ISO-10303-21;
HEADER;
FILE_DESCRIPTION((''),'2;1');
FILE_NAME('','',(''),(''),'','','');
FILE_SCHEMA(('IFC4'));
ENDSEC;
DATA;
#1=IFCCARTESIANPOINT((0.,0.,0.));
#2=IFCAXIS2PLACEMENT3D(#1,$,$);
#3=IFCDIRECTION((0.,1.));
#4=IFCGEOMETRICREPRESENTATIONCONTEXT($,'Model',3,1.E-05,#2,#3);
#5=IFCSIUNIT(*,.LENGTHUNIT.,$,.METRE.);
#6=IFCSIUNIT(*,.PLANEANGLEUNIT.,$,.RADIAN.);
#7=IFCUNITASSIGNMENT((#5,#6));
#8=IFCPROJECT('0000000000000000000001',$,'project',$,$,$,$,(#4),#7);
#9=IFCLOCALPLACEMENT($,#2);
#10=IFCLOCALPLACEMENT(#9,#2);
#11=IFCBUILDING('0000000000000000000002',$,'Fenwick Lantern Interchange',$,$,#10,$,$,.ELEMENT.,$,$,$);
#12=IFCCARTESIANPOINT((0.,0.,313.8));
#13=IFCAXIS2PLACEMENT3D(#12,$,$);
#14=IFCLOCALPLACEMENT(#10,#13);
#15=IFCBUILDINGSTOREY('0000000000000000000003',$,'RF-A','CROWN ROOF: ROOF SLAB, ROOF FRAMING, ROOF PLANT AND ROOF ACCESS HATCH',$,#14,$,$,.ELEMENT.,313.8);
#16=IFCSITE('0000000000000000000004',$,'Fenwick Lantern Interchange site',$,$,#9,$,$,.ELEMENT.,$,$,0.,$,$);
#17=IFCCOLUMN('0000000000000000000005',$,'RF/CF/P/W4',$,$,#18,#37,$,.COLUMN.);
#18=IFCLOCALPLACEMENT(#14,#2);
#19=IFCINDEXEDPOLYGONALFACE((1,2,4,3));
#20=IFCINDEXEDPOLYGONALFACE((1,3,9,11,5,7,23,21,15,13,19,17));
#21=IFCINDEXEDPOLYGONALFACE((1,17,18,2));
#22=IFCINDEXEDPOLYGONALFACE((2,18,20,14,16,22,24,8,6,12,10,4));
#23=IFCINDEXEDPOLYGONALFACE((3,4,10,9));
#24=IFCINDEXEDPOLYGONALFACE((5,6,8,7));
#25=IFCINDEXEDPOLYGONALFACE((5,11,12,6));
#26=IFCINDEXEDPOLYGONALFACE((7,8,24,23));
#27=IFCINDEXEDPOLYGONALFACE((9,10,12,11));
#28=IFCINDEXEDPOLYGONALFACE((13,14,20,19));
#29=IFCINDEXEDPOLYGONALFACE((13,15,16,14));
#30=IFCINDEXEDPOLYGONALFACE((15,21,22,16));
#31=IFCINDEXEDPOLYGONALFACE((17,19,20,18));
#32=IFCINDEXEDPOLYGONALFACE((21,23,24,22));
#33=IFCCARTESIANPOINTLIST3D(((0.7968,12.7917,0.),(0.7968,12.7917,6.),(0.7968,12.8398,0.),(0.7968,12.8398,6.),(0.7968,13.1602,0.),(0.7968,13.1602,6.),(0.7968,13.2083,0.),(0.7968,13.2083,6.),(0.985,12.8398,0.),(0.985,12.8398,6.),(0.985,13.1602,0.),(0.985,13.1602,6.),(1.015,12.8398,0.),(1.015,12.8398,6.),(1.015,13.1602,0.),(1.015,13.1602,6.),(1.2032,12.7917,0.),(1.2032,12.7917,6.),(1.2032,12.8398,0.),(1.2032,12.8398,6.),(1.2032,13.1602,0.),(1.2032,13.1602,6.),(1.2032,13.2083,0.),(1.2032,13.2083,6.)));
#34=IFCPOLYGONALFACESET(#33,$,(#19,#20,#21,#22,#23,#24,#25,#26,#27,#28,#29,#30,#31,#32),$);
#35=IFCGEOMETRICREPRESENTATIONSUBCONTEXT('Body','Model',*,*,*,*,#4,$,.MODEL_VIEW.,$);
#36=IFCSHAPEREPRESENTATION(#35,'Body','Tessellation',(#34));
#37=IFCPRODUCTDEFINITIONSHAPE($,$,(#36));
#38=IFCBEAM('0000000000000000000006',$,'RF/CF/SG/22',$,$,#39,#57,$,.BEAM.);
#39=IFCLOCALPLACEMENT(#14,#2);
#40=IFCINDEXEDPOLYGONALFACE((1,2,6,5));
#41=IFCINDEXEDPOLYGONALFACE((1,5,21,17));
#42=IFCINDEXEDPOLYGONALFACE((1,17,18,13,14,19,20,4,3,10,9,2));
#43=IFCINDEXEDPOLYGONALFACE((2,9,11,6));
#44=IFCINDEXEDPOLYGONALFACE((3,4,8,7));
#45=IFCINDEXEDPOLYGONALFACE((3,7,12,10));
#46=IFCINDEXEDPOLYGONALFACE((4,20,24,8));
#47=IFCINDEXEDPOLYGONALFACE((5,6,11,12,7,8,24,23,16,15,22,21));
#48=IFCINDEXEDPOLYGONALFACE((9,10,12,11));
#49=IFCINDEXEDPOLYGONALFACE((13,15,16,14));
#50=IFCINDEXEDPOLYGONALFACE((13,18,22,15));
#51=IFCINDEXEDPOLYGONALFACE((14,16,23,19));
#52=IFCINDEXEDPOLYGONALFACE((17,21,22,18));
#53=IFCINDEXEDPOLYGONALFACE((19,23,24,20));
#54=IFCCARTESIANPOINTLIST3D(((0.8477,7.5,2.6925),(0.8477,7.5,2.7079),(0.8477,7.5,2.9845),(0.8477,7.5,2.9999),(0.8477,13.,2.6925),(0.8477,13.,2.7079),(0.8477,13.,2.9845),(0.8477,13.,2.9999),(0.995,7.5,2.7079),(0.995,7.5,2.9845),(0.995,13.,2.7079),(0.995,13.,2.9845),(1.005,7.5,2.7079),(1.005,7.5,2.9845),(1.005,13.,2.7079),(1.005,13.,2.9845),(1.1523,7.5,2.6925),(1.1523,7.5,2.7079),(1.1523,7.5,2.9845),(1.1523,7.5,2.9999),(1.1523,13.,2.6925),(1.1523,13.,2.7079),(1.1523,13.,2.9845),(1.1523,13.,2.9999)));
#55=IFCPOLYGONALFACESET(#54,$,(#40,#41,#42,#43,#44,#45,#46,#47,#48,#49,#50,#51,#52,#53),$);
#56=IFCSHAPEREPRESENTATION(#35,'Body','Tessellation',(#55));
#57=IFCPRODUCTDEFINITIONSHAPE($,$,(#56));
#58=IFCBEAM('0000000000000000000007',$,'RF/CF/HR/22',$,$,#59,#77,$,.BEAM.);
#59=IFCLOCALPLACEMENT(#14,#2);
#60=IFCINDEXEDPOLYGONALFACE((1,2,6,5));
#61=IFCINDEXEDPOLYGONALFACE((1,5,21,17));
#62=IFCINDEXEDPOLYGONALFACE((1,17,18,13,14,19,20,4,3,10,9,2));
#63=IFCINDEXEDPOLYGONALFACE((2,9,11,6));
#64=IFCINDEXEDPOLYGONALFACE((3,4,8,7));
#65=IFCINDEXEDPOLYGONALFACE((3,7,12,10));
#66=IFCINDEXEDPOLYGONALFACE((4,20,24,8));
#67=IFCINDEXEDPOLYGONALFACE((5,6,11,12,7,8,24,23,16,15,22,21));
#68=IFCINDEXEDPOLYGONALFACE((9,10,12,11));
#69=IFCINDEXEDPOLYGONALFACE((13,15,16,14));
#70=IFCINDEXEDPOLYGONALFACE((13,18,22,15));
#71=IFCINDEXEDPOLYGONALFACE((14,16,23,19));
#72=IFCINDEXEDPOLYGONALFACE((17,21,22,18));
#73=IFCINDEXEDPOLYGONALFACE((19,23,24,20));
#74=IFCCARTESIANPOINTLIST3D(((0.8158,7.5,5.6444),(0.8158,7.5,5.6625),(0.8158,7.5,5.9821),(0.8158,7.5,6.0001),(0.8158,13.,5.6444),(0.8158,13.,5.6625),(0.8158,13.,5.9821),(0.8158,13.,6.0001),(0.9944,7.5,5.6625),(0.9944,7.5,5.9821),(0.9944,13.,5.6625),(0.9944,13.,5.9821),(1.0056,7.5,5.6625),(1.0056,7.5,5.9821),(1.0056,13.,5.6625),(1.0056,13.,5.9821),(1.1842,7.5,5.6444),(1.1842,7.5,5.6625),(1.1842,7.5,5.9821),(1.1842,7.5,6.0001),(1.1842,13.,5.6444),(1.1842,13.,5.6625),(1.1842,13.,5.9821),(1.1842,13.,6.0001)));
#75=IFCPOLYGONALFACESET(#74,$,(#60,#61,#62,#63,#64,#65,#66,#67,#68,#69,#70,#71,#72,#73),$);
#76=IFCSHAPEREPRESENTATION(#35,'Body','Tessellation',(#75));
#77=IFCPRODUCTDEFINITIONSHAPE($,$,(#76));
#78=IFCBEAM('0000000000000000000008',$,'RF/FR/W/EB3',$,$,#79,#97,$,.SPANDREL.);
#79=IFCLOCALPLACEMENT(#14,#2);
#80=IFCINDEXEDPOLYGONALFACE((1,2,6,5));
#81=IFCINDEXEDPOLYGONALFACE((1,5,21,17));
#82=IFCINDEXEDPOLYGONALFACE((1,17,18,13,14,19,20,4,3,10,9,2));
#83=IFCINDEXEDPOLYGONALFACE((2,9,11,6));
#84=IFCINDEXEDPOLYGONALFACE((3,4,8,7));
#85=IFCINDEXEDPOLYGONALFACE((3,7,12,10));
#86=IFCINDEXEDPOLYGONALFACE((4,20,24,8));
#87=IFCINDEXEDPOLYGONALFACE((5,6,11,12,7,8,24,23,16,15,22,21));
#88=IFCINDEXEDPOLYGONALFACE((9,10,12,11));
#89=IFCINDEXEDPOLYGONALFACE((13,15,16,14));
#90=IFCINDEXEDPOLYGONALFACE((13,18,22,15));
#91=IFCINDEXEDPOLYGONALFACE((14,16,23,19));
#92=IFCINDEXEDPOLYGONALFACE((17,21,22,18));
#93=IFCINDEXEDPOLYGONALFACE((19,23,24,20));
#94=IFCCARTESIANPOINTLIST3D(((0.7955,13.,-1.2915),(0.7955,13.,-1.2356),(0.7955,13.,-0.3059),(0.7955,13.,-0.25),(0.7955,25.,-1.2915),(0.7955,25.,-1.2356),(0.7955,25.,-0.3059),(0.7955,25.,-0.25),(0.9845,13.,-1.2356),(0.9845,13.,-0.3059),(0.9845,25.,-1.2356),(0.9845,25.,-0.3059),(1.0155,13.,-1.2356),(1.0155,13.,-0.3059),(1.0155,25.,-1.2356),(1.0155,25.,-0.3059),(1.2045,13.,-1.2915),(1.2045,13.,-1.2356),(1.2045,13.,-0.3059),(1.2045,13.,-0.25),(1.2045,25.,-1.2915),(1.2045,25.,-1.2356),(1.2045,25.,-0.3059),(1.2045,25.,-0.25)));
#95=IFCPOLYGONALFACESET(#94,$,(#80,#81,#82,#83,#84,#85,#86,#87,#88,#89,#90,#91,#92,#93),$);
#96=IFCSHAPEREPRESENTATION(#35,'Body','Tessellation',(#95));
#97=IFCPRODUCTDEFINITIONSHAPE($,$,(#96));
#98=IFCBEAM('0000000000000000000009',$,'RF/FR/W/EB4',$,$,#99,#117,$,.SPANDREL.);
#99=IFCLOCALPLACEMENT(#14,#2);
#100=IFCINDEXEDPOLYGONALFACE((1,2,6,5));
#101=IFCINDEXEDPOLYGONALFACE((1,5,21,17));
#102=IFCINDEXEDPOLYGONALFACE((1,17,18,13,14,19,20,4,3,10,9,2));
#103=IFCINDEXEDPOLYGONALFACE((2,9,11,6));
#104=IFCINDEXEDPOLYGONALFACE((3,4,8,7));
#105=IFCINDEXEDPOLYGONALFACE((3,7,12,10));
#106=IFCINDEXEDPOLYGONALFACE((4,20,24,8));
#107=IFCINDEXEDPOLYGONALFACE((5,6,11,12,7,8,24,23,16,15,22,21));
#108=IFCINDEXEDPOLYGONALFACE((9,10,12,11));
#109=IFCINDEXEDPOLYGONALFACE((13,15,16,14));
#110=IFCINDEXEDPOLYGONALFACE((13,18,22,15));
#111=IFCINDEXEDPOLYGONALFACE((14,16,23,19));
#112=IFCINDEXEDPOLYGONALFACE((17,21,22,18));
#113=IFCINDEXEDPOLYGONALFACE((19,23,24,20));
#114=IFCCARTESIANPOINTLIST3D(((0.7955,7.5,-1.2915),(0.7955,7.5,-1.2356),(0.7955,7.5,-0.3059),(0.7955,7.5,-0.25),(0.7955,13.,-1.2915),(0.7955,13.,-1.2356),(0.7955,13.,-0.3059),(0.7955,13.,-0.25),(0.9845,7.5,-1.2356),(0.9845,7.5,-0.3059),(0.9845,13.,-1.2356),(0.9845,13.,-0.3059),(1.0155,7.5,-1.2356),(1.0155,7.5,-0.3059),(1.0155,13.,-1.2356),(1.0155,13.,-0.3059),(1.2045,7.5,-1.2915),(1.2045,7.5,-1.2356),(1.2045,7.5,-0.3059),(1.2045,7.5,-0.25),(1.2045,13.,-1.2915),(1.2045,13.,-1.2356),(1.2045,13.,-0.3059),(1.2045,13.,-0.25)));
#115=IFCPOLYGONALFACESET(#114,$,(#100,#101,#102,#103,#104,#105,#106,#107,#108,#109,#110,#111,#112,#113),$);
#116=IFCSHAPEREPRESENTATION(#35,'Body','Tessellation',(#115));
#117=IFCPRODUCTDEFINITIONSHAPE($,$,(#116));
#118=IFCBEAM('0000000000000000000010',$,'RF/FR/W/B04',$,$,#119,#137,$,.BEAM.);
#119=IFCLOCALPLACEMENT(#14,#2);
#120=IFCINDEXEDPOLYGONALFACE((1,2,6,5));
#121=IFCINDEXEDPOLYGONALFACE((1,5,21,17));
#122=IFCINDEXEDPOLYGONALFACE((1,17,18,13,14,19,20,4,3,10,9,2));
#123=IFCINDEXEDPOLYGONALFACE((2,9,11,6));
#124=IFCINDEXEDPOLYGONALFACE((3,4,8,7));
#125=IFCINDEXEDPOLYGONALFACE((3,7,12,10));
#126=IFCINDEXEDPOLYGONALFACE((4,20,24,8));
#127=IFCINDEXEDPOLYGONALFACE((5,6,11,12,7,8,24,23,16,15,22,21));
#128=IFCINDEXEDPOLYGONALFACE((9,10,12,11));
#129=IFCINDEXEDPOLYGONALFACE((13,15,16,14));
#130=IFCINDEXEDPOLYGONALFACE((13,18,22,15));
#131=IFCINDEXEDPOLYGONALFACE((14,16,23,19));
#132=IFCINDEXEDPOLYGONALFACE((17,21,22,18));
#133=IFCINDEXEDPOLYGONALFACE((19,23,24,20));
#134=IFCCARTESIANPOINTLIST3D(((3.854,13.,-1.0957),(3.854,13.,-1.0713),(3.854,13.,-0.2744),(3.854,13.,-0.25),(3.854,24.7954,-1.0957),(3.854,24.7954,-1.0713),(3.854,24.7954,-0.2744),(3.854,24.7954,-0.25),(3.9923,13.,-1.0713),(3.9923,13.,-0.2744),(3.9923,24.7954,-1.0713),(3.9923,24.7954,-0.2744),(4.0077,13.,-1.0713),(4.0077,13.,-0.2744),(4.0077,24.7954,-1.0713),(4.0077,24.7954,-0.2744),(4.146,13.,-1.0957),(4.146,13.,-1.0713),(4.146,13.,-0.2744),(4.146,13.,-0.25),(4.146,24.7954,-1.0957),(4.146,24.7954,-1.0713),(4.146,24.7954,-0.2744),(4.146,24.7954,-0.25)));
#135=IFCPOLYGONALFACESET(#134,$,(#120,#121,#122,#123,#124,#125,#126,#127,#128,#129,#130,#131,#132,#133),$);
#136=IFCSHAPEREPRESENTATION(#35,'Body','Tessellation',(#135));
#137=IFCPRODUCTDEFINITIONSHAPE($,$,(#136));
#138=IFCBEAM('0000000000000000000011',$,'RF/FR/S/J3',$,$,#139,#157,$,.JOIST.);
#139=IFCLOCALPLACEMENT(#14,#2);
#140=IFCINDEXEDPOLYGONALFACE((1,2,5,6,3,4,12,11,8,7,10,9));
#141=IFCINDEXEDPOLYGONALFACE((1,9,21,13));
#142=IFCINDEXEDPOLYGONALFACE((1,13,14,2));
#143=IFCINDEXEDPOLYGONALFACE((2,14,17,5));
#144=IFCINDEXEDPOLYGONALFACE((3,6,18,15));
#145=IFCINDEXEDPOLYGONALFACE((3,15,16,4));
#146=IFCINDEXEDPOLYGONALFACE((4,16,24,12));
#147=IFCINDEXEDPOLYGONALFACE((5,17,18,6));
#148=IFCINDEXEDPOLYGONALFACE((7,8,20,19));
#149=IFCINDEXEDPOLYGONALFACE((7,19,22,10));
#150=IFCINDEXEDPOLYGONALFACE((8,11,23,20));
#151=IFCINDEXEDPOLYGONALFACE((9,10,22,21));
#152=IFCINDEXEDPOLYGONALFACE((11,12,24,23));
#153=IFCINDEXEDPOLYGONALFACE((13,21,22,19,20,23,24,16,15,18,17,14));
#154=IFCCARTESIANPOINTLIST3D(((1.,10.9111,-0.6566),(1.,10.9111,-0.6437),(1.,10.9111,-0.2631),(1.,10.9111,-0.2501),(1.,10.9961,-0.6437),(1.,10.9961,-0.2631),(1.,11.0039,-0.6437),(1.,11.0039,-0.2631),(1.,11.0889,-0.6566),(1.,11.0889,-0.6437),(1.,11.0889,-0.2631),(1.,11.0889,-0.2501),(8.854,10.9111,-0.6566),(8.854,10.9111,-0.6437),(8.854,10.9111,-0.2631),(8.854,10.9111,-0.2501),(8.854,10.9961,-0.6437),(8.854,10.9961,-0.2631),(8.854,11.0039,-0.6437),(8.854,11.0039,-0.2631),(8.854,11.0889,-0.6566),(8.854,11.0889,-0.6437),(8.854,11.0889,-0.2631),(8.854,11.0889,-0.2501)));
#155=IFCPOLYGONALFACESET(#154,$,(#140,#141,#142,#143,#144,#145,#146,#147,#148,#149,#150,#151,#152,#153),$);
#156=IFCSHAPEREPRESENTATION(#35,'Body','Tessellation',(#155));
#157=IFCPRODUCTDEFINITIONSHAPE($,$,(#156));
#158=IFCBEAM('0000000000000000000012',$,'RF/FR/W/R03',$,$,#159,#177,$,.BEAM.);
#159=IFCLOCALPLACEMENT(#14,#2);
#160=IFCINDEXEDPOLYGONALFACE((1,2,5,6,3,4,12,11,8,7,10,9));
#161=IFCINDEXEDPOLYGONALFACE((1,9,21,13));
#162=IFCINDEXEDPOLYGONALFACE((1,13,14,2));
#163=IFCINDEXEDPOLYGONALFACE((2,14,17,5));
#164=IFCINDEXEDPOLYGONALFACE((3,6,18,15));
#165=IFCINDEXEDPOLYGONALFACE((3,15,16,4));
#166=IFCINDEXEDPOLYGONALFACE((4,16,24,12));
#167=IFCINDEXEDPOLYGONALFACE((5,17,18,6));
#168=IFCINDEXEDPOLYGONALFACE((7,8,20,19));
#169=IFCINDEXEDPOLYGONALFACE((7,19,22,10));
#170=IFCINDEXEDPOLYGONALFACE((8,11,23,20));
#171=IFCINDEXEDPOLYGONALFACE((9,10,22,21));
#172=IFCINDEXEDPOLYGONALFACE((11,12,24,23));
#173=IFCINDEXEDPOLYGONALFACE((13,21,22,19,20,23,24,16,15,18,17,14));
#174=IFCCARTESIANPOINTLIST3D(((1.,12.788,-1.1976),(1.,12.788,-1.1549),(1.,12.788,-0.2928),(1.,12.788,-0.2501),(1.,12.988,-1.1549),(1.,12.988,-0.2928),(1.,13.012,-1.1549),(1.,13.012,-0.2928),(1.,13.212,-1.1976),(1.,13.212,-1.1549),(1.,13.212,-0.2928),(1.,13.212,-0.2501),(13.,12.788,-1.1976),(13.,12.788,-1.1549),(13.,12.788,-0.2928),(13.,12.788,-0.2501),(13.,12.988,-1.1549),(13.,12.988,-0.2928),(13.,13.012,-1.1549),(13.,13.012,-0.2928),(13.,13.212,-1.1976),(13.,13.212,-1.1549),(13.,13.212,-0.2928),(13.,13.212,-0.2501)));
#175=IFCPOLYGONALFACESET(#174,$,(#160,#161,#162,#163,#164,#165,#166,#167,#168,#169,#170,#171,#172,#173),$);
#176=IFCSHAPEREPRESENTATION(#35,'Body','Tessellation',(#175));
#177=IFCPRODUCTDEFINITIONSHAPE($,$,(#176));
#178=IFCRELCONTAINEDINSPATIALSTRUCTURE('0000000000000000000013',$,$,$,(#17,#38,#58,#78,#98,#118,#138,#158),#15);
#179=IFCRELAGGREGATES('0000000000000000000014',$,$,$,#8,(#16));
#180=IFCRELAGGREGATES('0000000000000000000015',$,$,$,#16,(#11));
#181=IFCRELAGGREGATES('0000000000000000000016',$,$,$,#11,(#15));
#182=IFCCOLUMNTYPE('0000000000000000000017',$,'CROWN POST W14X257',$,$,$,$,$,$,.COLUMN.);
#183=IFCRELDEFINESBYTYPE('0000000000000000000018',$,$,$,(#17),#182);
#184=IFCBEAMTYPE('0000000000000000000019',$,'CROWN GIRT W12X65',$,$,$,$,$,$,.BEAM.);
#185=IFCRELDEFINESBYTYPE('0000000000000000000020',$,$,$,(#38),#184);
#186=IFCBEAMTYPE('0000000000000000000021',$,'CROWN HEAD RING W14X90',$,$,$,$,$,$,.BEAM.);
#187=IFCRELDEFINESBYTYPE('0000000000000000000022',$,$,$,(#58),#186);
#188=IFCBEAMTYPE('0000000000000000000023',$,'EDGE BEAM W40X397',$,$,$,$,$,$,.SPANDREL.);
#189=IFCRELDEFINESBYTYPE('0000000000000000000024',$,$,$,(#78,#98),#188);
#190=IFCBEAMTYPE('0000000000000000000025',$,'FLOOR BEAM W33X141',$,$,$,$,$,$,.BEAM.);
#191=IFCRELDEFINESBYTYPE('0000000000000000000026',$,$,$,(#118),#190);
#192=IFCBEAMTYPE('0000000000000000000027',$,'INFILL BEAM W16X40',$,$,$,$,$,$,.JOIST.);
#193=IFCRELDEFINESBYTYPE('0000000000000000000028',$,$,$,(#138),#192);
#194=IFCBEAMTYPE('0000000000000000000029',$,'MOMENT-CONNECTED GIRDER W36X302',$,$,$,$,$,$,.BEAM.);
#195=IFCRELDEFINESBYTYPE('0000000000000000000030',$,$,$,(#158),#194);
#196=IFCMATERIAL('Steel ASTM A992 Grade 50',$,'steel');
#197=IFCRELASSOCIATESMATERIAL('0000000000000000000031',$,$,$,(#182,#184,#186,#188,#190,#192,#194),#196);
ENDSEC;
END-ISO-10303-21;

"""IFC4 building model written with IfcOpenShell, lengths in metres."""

from ifc_helpers import new_model, si_unit, direction, frame, origin, origin_2d, place, context, subcontext, project, spatial, i_section, extrude, material, material_profile, profile_set, type_object, element, save


model = new_model("IFC4")

# Units and contexts
model_context = context("Model", 3, precision=1e-05, world=origin(), true_north=direction((0.0, 1.0)))
body_context = subcontext(model_context, "Body", "Model", "MODEL_VIEW")
ifc_project = project(units=[si_unit("LENGTHUNIT", "METRE"), si_unit("PLANEANGLEUNIT", "RADIAN")], contexts=[model_context])

# Site, building, storey
site_placement = place(None, origin())
site = spatial("IfcSite", under=ifc_project, at=site_placement, Name="Fenwick Lantern Interchange site", CompositionType="ELEMENT", RefElevation=0.0)
building_placement = place(site_placement, origin())
building = spatial("IfcBuilding", under=site, at=building_placement, Name="Fenwick Lantern Interchange", CompositionType="ELEMENT")
storey_placement = place(building_placement, frame((0.0, 0.0, 313.8)))
storey = spatial("IfcBuildingStorey", under=building, at=storey_placement, Name="RF-A", Description="CROWN ROOF: ROOF SLAB, ROOF FRAMING, ROOF PLANT AND ROOF ACCESS HATCH", CompositionType="ELEMENT", Elevation=313.8)

# Column
ifc_material_1 = material(Name="Steel ASTM A992 Grade 50", Category="steel")
ifc_material_profile_1 = material_profile(ifc_material_1, i_section(OverallWidth=0.4065, OverallDepth=0.4165, WebThickness=0.03, FlangeThickness=0.0481, at=origin_2d()), Name="W14X257")
ifc_profile_set_1 = profile_set([ifc_material_profile_1], Name="Steel ASTM A992 Grade 50")
column_type = type_object("IfcColumnType", Name="CROWN POST W14X257", PredefinedType="COLUMN", material=ifc_profile_set_1)
column_placement = place(storey_placement, frame((1.0, 13.0, 0.0), z_axis=(0.0, 0.0, 1.0), x_axis=(1.0, 0.0, 0.0)))
element("IfcColumn", 1, at=column_placement, inside=storey, type_object=column_type, Name="RF/CF/P/W4", PredefinedType="COLUMN", context=body_context, shape_type="SweptSolid", body=[
    extrude(i_section(OverallWidth=0.4065, OverallDepth=0.4165, WebThickness=0.03, FlangeThickness=0.0481, at=origin_2d()), origin(), (0.0, 0.0, 1.0), 6.0),
])

# Beams
ifc_material_profile_2 = material_profile(ifc_material_1, i_section(OverallWidth=0.3047, OverallDepth=0.3074, WebThickness=0.01, FlangeThickness=0.0154, at=origin_2d()), Name="W12X65")
ifc_profile_set_2 = profile_set([ifc_material_profile_2], Name="Steel ASTM A992 Grade 50")
beam_type_1 = type_object("IfcBeamType", Name="CROWN GIRT W12X65", PredefinedType="BEAM", material=ifc_profile_set_2)
beam_1_placement = place(storey_placement, frame((1.0, 13.0, 2.8462), z_axis=(0.0, -1.0, 0.0), x_axis=(1.0, 0.0, 0.0)))
element("IfcBeam", 2, at=beam_1_placement, inside=storey, type_object=beam_type_1, Name="RF/CF/SG/22", PredefinedType="BEAM", context=body_context, shape_type="SweptSolid", body=[
    extrude(i_section(OverallWidth=0.3047, OverallDepth=0.3074, WebThickness=0.01, FlangeThickness=0.0154, at=origin_2d()), origin(), (0.0, 0.0, 1.0), 5.5),
])
ifc_material_profile_3 = material_profile(ifc_material_1, i_section(OverallWidth=0.3684, OverallDepth=0.3557, WebThickness=0.0112, FlangeThickness=0.0181, at=origin_2d()), Name="W14X90")
ifc_profile_set_3 = profile_set([ifc_material_profile_3], Name="Steel ASTM A992 Grade 50")
beam_type_2 = type_object("IfcBeamType", Name="CROWN HEAD RING W14X90", PredefinedType="BEAM", material=ifc_profile_set_3)
beam_2_placement = place(storey_placement, frame((1.0, 13.0, 5.8223), z_axis=(0.0, -1.0, 0.0), x_axis=(1.0, 0.0, 0.0)))
element("IfcBeam", 3, at=beam_2_placement, inside=storey, type_object=beam_type_2, Name="RF/CF/HR/22", PredefinedType="BEAM", context=body_context, shape_type="SweptSolid", body=[
    extrude(i_section(OverallWidth=0.3684, OverallDepth=0.3557, WebThickness=0.0112, FlangeThickness=0.0181, at=origin_2d()), origin(), (0.0, 0.0, 1.0), 5.5),
])
ifc_material_profile_4 = material_profile(ifc_material_1, i_section(OverallWidth=0.4089, OverallDepth=1.0415, WebThickness=0.031, FlangeThickness=0.0559, at=origin_2d()), Name="W40X397")
ifc_profile_set_4 = profile_set([ifc_material_profile_4], Name="Steel ASTM A992 Grade 50")
beam_type_3 = type_object("IfcBeamType", Name="EDGE BEAM W40X397", PredefinedType="SPANDREL", material=ifc_profile_set_4)
beam_3_placement = place(storey_placement, frame((1.0, 25.0, -0.7708), z_axis=(0.0, -1.0, 0.0), x_axis=(1.0, 0.0, 0.0)))
element("IfcBeam", 4, at=beam_3_placement, inside=storey, type_object=beam_type_3, Name="RF/FR/W/EB3", PredefinedType="SPANDREL", context=body_context, shape_type="SweptSolid", body=[
    extrude(i_section(OverallWidth=0.4089, OverallDepth=1.0415, WebThickness=0.031, FlangeThickness=0.0559, at=origin_2d()), origin(), (0.0, 0.0, 1.0), 12.0),
])
beam_4_placement = place(storey_placement, frame((1.0, 13.0, -0.7708), z_axis=(0.0, -1.0, 0.0), x_axis=(1.0, 0.0, 0.0)))
element("IfcBeam", 5, at=beam_4_placement, inside=storey, type_object=beam_type_3, Name="RF/FR/W/EB4", PredefinedType="SPANDREL", context=body_context, shape_type="SweptSolid", body=[
    extrude(i_section(OverallWidth=0.4089, OverallDepth=1.0415, WebThickness=0.031, FlangeThickness=0.0559, at=origin_2d()), origin(), (0.0, 0.0, 1.0), 5.5),
])
ifc_material_profile_5 = material_profile(ifc_material_1, i_section(OverallWidth=0.292, OverallDepth=0.8457, WebThickness=0.0154, FlangeThickness=0.0244, at=origin_2d()), Name="W33X141")
ifc_profile_set_5 = profile_set([ifc_material_profile_5], Name="Steel ASTM A992 Grade 50")
beam_type_4 = type_object("IfcBeamType", Name="FLOOR BEAM W33X141", PredefinedType="BEAM", material=ifc_profile_set_5)
beam_5_placement = place(storey_placement, frame((4.0, 24.7954, -0.6729), z_axis=(0.0, -1.0, 0.0), x_axis=(1.0, 0.0, 0.0)))
element("IfcBeam", 6, at=beam_5_placement, inside=storey, type_object=beam_type_4, Name="RF/FR/W/B04", PredefinedType="BEAM", context=body_context, shape_type="SweptSolid", body=[
    extrude(i_section(OverallWidth=0.292, OverallDepth=0.8457, WebThickness=0.0154, FlangeThickness=0.0244, at=origin_2d()), origin(), (0.0, 0.0, 1.0), 11.7954),
])
ifc_material_profile_6 = material_profile(ifc_material_1, i_section(OverallWidth=0.1777, OverallDepth=0.4065, WebThickness=0.0078, FlangeThickness=0.0129, at=origin_2d()), Name="W16X40")
ifc_profile_set_6 = profile_set([ifc_material_profile_6], Name="Steel ASTM A992 Grade 50")
beam_type_5 = type_object("IfcBeamType", Name="INFILL BEAM W16X40", PredefinedType="JOIST", material=ifc_profile_set_6)
beam_6_placement = place(storey_placement, frame((1.0, 11.0, -0.4534), z_axis=(1.0, 0.0, 0.0), x_axis=(0.0, 1.0, 0.0)))
element("IfcBeam", 7, at=beam_6_placement, inside=storey, type_object=beam_type_5, Name="RF/FR/S/J3", PredefinedType="JOIST", context=body_context, shape_type="SweptSolid", body=[
    extrude(i_section(OverallWidth=0.1777, OverallDepth=0.4065, WebThickness=0.0078, FlangeThickness=0.0129, at=origin_2d()), origin(), (0.0, 0.0, 1.0), 7.854),
])
ifc_material_profile_7 = material_profile(ifc_material_1, i_section(OverallWidth=0.4241, OverallDepth=0.9475, WebThickness=0.0239, FlangeThickness=0.0427, at=origin_2d()), Name="W36X302")
ifc_profile_set_7 = profile_set([ifc_material_profile_7], Name="Steel ASTM A992 Grade 50")
beam_type_6 = type_object("IfcBeamType", Name="MOMENT-CONNECTED GIRDER W36X302", PredefinedType="BEAM", material=ifc_profile_set_7)
beam_7_placement = place(storey_placement, frame((1.0, 13.0, -0.7239), z_axis=(1.0, 0.0, 0.0), x_axis=(0.0, 1.0, 0.0)))
element("IfcBeam", 8, at=beam_7_placement, inside=storey, type_object=beam_type_6, Name="RF/FR/W/R03", PredefinedType="BEAM", context=body_context, shape_type="SweptSolid", body=[
    extrude(i_section(OverallWidth=0.4241, OverallDepth=0.9475, WebThickness=0.0239, FlangeThickness=0.0427, at=origin_2d()), origin(), (0.0, 0.0, 1.0), 12.0),
])

save(model, "model.ifc")
